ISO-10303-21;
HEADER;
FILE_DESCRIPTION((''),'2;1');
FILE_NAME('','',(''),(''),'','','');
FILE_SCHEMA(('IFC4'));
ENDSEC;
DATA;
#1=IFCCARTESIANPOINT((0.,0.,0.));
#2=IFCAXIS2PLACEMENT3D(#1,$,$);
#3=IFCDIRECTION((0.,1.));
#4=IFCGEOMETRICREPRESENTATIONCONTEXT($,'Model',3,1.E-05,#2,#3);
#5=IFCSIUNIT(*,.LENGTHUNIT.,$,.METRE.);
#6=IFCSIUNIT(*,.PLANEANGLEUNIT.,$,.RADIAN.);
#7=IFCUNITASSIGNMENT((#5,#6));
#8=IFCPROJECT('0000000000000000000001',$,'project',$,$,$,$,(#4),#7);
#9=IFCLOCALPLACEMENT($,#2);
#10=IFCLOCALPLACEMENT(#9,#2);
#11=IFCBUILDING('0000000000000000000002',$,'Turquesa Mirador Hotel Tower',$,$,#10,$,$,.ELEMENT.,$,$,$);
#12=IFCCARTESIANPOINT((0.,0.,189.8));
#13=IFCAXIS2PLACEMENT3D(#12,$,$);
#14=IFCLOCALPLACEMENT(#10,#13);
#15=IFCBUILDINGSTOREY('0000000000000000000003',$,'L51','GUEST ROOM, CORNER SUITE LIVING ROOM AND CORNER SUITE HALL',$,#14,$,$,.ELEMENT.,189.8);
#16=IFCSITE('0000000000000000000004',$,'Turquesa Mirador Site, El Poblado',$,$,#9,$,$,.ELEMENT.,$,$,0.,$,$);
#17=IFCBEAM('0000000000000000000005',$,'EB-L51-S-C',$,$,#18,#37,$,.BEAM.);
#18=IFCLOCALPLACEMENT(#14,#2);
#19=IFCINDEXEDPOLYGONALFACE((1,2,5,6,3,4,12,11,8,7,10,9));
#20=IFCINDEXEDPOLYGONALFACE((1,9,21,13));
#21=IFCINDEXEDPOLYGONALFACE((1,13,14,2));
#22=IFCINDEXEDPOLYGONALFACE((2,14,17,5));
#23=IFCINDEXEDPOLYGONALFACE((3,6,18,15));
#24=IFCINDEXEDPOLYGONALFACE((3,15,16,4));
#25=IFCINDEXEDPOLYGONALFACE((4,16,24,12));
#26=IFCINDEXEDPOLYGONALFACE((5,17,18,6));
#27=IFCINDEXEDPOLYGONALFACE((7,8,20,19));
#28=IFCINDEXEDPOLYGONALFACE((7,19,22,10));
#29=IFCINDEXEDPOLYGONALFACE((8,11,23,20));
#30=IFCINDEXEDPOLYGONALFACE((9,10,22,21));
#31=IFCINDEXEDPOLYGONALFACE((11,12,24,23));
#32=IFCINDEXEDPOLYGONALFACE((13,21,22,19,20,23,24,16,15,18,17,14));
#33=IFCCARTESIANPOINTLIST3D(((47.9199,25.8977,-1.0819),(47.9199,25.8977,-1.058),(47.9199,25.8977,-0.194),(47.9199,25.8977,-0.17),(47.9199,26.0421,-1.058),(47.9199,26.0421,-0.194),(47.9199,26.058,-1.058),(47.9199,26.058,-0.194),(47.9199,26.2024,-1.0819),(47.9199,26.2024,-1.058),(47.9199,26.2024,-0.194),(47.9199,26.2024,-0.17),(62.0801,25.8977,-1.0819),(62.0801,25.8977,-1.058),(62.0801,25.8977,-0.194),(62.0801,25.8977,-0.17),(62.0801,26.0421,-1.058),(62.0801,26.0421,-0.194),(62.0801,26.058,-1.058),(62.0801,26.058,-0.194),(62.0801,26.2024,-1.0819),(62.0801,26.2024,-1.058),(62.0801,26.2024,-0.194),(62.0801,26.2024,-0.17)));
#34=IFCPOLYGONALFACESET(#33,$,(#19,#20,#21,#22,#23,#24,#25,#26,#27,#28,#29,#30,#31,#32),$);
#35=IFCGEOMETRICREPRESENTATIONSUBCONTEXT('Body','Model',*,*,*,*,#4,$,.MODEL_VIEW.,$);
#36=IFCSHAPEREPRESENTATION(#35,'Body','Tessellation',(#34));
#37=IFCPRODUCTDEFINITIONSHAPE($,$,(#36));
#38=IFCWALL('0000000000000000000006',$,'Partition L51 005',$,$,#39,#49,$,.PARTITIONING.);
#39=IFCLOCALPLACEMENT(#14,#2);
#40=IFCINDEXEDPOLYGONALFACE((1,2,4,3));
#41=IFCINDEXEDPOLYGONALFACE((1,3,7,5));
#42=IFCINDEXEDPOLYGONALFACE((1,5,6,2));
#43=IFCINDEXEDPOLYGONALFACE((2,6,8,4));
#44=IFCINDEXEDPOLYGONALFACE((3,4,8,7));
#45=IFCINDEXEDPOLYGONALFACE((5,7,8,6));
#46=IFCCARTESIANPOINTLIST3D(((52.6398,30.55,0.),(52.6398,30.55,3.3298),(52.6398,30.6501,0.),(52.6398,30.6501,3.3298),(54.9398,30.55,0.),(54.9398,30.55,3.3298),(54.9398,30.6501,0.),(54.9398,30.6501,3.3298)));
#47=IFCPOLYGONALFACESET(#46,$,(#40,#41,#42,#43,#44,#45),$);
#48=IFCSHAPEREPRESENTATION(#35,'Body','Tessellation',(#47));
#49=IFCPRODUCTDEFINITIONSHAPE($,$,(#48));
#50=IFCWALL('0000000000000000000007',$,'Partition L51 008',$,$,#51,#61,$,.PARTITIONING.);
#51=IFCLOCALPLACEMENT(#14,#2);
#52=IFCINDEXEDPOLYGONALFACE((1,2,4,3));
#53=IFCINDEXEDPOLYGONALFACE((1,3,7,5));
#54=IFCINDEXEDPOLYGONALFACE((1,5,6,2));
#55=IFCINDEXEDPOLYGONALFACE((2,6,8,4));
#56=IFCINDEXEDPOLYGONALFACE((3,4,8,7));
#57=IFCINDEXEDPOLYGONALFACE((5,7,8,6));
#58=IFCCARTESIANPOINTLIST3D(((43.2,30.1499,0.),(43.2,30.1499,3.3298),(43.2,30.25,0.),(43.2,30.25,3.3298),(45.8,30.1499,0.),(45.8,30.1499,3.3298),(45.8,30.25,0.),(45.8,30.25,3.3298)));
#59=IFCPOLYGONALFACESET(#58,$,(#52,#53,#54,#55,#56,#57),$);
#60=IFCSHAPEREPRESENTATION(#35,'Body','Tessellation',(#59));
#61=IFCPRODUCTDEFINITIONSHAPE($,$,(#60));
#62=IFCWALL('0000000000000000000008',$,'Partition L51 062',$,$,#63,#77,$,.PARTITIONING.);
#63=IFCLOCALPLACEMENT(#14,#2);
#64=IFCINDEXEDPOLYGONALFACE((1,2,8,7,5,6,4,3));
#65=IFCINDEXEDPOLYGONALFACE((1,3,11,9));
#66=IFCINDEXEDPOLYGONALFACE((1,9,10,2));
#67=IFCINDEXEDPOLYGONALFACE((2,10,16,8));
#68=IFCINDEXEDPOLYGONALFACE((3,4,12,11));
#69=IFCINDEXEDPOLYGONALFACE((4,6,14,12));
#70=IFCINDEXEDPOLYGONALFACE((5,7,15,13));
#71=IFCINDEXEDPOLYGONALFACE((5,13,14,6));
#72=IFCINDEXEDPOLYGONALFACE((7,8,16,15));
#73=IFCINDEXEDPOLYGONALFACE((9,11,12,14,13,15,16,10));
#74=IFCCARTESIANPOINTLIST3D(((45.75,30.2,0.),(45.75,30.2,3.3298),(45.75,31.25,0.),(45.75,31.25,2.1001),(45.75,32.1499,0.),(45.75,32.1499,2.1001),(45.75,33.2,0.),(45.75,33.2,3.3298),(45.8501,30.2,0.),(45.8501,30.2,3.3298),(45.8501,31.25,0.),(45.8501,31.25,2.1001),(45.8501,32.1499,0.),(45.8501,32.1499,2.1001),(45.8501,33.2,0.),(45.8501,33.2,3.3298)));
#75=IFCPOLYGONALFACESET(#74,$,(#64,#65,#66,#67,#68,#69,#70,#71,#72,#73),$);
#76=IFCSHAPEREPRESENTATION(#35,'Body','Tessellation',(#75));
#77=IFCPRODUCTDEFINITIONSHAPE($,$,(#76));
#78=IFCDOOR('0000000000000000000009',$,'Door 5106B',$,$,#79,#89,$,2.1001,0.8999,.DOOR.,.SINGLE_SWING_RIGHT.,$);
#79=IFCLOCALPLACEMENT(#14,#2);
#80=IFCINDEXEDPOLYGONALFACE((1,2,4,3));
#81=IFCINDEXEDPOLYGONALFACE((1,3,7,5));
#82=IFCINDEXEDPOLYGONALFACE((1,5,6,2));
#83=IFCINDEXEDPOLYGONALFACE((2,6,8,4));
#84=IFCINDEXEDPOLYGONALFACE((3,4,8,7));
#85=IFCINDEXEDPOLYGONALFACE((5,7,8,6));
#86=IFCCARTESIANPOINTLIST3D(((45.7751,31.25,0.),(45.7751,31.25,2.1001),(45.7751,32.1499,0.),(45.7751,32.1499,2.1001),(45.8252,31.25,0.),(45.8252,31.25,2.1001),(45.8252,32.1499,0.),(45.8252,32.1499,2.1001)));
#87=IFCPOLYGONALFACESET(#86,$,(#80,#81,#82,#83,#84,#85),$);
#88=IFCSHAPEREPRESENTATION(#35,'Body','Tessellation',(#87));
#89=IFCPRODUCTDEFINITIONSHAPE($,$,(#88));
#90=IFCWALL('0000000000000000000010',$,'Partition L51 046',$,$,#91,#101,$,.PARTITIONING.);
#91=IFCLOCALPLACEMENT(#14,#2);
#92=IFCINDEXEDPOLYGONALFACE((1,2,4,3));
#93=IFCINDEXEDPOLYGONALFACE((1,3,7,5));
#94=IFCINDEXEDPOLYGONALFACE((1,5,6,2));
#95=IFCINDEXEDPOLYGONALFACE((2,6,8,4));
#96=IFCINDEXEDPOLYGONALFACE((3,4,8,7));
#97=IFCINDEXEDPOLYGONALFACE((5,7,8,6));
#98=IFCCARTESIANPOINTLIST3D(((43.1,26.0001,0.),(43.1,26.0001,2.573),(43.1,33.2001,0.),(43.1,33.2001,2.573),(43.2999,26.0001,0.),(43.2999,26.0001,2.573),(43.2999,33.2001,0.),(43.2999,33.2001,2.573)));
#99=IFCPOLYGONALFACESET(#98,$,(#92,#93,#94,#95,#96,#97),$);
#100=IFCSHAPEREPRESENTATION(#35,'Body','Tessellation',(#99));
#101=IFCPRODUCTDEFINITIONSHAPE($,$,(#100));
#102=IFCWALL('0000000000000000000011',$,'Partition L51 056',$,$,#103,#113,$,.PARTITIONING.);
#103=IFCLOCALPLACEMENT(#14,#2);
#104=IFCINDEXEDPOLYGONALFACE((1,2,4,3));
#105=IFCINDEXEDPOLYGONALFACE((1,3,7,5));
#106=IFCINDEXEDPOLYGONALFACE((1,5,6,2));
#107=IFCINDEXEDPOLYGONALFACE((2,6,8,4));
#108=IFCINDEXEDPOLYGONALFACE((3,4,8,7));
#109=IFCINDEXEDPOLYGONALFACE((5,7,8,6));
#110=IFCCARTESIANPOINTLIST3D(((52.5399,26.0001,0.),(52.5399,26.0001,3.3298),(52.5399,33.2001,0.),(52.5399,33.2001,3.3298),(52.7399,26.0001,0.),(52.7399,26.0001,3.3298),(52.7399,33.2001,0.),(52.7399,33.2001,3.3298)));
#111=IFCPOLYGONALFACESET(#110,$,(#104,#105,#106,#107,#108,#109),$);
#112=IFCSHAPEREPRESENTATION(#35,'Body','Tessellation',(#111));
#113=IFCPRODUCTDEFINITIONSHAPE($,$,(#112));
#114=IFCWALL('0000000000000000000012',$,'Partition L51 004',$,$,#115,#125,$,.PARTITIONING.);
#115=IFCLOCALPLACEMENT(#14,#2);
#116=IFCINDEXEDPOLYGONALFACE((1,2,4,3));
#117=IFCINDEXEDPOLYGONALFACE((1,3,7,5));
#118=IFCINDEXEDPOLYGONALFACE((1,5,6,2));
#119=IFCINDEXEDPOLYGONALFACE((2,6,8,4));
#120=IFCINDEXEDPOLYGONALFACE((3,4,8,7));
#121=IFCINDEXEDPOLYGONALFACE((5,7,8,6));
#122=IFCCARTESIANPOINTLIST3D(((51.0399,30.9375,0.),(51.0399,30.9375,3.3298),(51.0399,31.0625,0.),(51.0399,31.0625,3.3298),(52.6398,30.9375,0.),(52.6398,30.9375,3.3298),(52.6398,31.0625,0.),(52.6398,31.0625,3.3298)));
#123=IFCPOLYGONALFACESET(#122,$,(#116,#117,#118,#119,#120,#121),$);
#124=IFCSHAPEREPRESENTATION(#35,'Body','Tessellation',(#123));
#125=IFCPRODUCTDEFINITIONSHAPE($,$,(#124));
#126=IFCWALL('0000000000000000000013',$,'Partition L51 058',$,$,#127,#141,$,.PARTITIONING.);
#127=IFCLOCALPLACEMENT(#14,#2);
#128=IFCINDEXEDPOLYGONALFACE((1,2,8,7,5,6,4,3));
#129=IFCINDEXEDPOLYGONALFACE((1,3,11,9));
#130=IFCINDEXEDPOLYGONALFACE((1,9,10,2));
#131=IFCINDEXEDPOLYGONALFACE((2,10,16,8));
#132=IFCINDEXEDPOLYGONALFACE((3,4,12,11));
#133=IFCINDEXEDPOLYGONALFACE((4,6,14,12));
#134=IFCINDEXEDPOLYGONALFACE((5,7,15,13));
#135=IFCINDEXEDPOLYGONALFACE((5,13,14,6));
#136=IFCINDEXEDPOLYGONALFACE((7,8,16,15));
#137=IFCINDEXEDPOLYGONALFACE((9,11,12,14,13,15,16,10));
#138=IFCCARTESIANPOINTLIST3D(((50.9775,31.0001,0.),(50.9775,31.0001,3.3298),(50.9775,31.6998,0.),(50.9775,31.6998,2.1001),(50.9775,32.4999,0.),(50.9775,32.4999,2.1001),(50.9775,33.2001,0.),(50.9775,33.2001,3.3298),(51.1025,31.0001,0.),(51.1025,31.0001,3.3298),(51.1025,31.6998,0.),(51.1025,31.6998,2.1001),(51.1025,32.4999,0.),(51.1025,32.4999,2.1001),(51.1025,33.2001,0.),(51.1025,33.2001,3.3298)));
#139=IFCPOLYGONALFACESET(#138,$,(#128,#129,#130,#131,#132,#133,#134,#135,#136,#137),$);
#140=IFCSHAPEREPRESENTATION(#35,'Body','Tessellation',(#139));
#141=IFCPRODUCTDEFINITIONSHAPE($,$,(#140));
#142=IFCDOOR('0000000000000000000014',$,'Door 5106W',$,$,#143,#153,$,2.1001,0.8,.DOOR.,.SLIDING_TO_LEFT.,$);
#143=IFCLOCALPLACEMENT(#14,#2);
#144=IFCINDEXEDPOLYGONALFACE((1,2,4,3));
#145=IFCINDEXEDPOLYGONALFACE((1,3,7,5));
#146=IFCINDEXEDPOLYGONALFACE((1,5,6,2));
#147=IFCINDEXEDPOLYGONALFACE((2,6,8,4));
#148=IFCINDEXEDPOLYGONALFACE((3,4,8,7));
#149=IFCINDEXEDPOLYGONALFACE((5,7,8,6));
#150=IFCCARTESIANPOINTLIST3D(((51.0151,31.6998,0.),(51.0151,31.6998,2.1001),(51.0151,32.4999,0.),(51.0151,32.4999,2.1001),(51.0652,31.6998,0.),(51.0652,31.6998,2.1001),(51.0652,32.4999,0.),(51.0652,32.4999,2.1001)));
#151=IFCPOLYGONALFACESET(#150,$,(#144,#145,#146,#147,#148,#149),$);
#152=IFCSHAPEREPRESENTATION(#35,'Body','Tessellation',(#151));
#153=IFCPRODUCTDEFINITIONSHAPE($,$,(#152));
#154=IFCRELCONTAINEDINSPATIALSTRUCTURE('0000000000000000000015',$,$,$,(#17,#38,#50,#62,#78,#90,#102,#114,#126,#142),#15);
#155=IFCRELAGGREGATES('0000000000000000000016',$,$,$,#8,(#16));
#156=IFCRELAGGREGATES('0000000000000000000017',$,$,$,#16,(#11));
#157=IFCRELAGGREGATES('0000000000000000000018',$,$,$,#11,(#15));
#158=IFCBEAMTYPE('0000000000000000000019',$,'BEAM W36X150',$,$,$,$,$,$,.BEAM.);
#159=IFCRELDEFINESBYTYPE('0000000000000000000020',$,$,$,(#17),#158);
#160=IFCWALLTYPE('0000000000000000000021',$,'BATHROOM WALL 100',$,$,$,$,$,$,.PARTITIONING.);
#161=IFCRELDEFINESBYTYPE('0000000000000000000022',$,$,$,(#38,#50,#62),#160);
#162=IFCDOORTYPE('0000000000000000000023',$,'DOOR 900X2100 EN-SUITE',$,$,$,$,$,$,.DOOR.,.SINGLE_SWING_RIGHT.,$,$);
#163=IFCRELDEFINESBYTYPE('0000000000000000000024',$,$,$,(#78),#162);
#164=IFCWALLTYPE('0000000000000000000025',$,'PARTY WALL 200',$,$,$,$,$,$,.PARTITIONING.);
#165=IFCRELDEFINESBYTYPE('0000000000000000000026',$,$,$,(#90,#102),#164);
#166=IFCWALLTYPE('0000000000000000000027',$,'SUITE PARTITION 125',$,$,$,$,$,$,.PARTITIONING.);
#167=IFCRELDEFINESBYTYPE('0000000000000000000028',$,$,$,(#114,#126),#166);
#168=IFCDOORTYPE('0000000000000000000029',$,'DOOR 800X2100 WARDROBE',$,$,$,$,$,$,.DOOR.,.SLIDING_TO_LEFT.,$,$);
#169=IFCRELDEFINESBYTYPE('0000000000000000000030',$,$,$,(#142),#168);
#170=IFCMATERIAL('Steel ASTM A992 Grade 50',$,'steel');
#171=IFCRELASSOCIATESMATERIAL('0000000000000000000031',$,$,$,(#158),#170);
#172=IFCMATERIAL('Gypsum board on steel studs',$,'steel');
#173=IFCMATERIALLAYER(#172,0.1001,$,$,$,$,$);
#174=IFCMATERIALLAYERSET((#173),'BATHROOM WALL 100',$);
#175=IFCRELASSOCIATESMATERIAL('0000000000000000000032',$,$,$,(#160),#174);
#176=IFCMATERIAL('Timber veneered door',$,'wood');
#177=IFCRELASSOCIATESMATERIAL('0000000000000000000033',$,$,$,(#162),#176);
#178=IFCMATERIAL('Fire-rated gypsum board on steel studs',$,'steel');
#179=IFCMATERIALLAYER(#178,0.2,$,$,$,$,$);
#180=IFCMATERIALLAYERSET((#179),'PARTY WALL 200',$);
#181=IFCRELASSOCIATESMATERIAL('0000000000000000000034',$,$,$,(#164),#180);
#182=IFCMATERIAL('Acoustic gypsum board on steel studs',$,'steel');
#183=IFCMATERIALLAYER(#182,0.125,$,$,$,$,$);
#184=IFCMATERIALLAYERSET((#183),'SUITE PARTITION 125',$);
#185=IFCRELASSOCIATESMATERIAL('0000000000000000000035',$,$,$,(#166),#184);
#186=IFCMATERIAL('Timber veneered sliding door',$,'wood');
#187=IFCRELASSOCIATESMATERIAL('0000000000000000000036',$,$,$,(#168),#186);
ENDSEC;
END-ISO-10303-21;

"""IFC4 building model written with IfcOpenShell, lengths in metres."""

from ifc_helpers import new_model, si_unit, direction, frame, frame_2d, origin, origin_2d, place, context, subcontext, project, spatial, rectangle, i_section, extrude, material, layer, layer_set, material_profile, profile_set, type_object, element, fill, save


model = new_model("IFC4")

# Units and contexts
model_context = context("Model", 3, precision=1e-05, world=origin(), true_north=direction((0.0, 1.0)))
body_context = subcontext(model_context, "Body", "Model", "MODEL_VIEW")
ifc_project = project(units=[si_unit("LENGTHUNIT", "METRE"), si_unit("PLANEANGLEUNIT", "RADIAN")], contexts=[model_context])

# Site, building, storey
site_placement = place(None, origin())
site = spatial("IfcSite", under=ifc_project, at=site_placement, Name="Turquesa Mirador Site, El Poblado", CompositionType="ELEMENT", RefElevation=0.0)
building_placement = place(site_placement, origin())
building = spatial("IfcBuilding", under=site, at=building_placement, Name="Turquesa Mirador Hotel Tower", CompositionType="ELEMENT")
storey_placement = place(building_placement, frame((0.0, 0.0, 189.8)))
storey = spatial("IfcBuildingStorey", under=building, at=storey_placement, Name="L51", Description="GUEST ROOM, CORNER SUITE LIVING ROOM AND CORNER SUITE HALL", CompositionType="ELEMENT", Elevation=189.8)

# Beam
ifc_material_1 = material(Name="Steel ASTM A992 Grade 50", Category="steel")
ifc_material_profile_1 = material_profile(ifc_material_1, i_section(OverallWidth=0.3047, OverallDepth=0.9119, WebThickness=0.0159, FlangeThickness=0.0239, at=origin_2d()), Name="W36X150")
ifc_profile_set_1 = profile_set([ifc_material_profile_1], Name="Steel ASTM A992 Grade 50")
beam_type_1 = type_object("IfcBeamType", Name="BEAM W36X150", PredefinedType="BEAM", material=ifc_profile_set_1)
beam_1_placement = place(storey_placement, frame((47.9199, 26.05, -0.626), z_axis=(1.0, 0.0, 0.0), x_axis=(0.0, 1.0, 0.0)))
element("IfcBeam", 1, at=beam_1_placement, inside=storey, type_object=beam_type_1, Name="EB-L51-S-C", PredefinedType="BEAM", context=body_context, shape_type="SweptSolid", body=[
    extrude(i_section(OverallWidth=0.3047, OverallDepth=0.9119, WebThickness=0.0159, FlangeThickness=0.0239, at=origin_2d()), origin(), (0.0, 0.0, 1.0), 14.1602),
])

# Walls
ifc_material_2 = material(Name="Gypsum board on steel studs", Category="steel")
ifc_layer_1 = layer(ifc_material_2, 0.1001)
ifc_layer_set_1 = layer_set([ifc_layer_1], Name="BATHROOM WALL 100")
wall_type_1 = type_object("IfcWallType", Name="BATHROOM WALL 100", PredefinedType="PARTITIONING", material=ifc_layer_set_1)
wall_1_placement = place(storey_placement, frame((52.6399, 30.6001, 0.0), z_axis=(0.0, 0.0, 1.0), x_axis=(1.0, 0.0, 0.0)))
element("IfcWall", 2, at=wall_1_placement, inside=storey, type_object=wall_type_1, Name="Partition L51 005", PredefinedType="PARTITIONING", context=body_context, shape_type="SweptSolid", body=[
    extrude(rectangle(XDim=2.3, YDim=0.1001, at=frame_2d((1.1499, 0.0))), origin(), (0.0, 0.0, 1.0), 3.3298),
])
wall_2_placement = place(storey_placement, frame((43.2, 30.2, 0.0), z_axis=(0.0, 0.0, 1.0), x_axis=(1.0, 0.0, 0.0)))
element("IfcWall", 3, at=wall_2_placement, inside=storey, type_object=wall_type_1, Name="Partition L51 008", PredefinedType="PARTITIONING", context=body_context, shape_type="SweptSolid", body=[
    extrude(rectangle(XDim=2.6001, YDim=0.1001, at=frame_2d((1.3, 0.0))), origin(), (0.0, 0.0, 1.0), 3.3298),
])

# Wall, opening, door
wall_3_placement = place(storey_placement, frame((45.8, 30.2, 0.0), z_axis=(0.0, 0.0, 1.0), x_axis=(0.0, 1.0, 0.0)))
wall_3 = element("IfcWall", 4, at=wall_3_placement, inside=storey, type_object=wall_type_1, Name="Partition L51 062", PredefinedType="PARTITIONING", context=body_context, shape_type="SweptSolid", body=[
    extrude(rectangle(XDim=3.0, YDim=0.1001, at=frame_2d((1.5, 0.0))), origin(), (0.0, 0.0, 1.0), 3.3298),
])
opening_1_placement = place(wall_3_placement, frame((1.05, 0.0, 0.0)))
opening_1 = element("IfcOpeningElement", 5, at=opening_1_placement, cuts=wall_3, PredefinedType="OPENING", context=body_context, shape_type="SweptSolid", body=[
    extrude(rectangle(XDim=0.8999, YDim=2.1001, at=frame_2d((0.45, 1.05))), frame((0.0, 0.0601, 0.0), z_axis=(0.0, -1.0, 0.0), x_axis=(1.0, 0.0, 0.0)), (0.0, 0.0, 1.0), 0.1201),
])
ifc_material_3 = material(Name="Timber veneered door", Category="wood")
door_type_1 = type_object("IfcDoorType", Name="DOOR 900X2100 EN-SUITE", OperationType="SINGLE_SWING_RIGHT", PredefinedType="DOOR", material=ifc_material_3)
door_1_placement = place(opening_1_placement, origin())
door_1 = element("IfcDoor", 6, at=door_1_placement, inside=storey, type_object=door_type_1, Name="Door 5106B", OperationType="SINGLE_SWING_RIGHT", OverallHeight=2.1001, OverallWidth=0.8999, PredefinedType="DOOR", context=body_context, shape_type="SweptSolid", body=[
    extrude(rectangle(XDim=0.8999, YDim=2.1001, at=frame_2d((0.45, 1.05))), frame((0.0, 0.0249, 0.0), z_axis=(0.0, -1.0, 0.0), x_axis=(1.0, 0.0, 0.0)), (0.0, 0.0, 1.0), 0.05),
])
fill(opening_1, door_1)

# Walls
ifc_material_4 = material(Name="Fire-rated gypsum board on steel studs", Category="steel")
ifc_layer_2 = layer(ifc_material_4, 0.2)
ifc_layer_set_2 = layer_set([ifc_layer_2], Name="PARTY WALL 200")
wall_type_2 = type_object("IfcWallType", Name="PARTY WALL 200", PredefinedType="PARTITIONING", material=ifc_layer_set_2)
wall_4_placement = place(storey_placement, frame((43.2, 26.0, 0.0), z_axis=(0.0, 0.0, 1.0), x_axis=(0.0, 1.0, 0.0)))
element("IfcWall", 7, at=wall_4_placement, inside=storey, type_object=wall_type_2, Name="Partition L51 046", PredefinedType="PARTITIONING", context=body_context, shape_type="SweptSolid", body=[
    extrude(rectangle(XDim=7.2, YDim=0.2, at=frame_2d((3.6001, 0.0))), origin(), (0.0, 0.0, 1.0), 2.573),
])
wall_5_placement = place(storey_placement, frame((52.6399, 26.0, 0.0), z_axis=(0.0, 0.0, 1.0), x_axis=(0.0, 1.0, 0.0)))
element("IfcWall", 8, at=wall_5_placement, inside=storey, type_object=wall_type_2, Name="Partition L51 056", PredefinedType="PARTITIONING", context=body_context, shape_type="SweptSolid", body=[
    extrude(rectangle(XDim=7.2, YDim=0.2, at=frame_2d((3.6001, 0.0))), origin(), (0.0, 0.0, 1.0), 3.3298),
])
ifc_material_5 = material(Name="Acoustic gypsum board on steel studs", Category="steel")
ifc_layer_3 = layer(ifc_material_5, 0.125)
ifc_layer_set_3 = layer_set([ifc_layer_3], Name="SUITE PARTITION 125")
wall_type_3 = type_object("IfcWallType", Name="SUITE PARTITION 125", PredefinedType="PARTITIONING", material=ifc_layer_set_3)
wall_6_placement = place(storey_placement, frame((51.04, 31.0, 0.0), z_axis=(0.0, 0.0, 1.0), x_axis=(1.0, 0.0, 0.0)))
element("IfcWall", 9, at=wall_6_placement, inside=storey, type_object=wall_type_3, Name="Partition L51 004", PredefinedType="PARTITIONING", context=body_context, shape_type="SweptSolid", body=[
    extrude(rectangle(XDim=1.5999, YDim=0.125, at=frame_2d((0.7998, 0.0))), origin(), (0.0, 0.0, 1.0), 3.3298),
])

# Wall, opening, door
wall_7_placement = place(storey_placement, frame((51.04, 31.0, 0.0), z_axis=(0.0, 0.0, 1.0), x_axis=(0.0, 1.0, 0.0)))
wall_7 = element("IfcWall", 10, at=wall_7_placement, inside=storey, type_object=wall_type_3, Name="Partition L51 058", PredefinedType="PARTITIONING", context=body_context, shape_type="SweptSolid", body=[
    extrude(rectangle(XDim=2.2, YDim=0.125, at=frame_2d((1.1001, 0.0))), origin(), (0.0, 0.0, 1.0), 3.3298),
])
opening_2_placement = place(wall_7_placement, frame((0.7, 0.0, 0.0)))
opening_2 = element("IfcOpeningElement", 11, at=opening_2_placement, cuts=wall_7, PredefinedType="OPENING", context=body_context, shape_type="SweptSolid", body=[
    extrude(rectangle(XDim=0.8, YDim=2.1001, at=frame_2d((0.3999, 1.05))), frame((0.0, 0.0725, 0.0), z_axis=(0.0, -1.0, 0.0), x_axis=(1.0, 0.0, 0.0)), (0.0, 0.0, 1.0), 0.145),
])
ifc_material_6 = material(Name="Timber veneered sliding door", Category="wood")
door_type_2 = type_object("IfcDoorType", Name="DOOR 800X2100 WARDROBE", OperationType="SLIDING_TO_LEFT", PredefinedType="DOOR", material=ifc_material_6)
door_2_placement = place(opening_2_placement, origin())
door_2 = element("IfcDoor", 12, at=door_2_placement, inside=storey, type_object=door_type_2, Name="Door 5106W", OperationType="SLIDING_TO_LEFT", OverallHeight=2.1001, OverallWidth=0.8, PredefinedType="DOOR", context=body_context, shape_type="SweptSolid", body=[
    extrude(rectangle(XDim=0.8, YDim=2.1001, at=frame_2d((0.3999, 1.05))), frame((0.0, 0.0249, 0.0), z_axis=(0.0, -1.0, 0.0), x_axis=(1.0, 0.0, 0.0)), (0.0, 0.0, 1.0), 0.05),
])
fill(opening_2, door_2)

save(model, "model.ifc")
